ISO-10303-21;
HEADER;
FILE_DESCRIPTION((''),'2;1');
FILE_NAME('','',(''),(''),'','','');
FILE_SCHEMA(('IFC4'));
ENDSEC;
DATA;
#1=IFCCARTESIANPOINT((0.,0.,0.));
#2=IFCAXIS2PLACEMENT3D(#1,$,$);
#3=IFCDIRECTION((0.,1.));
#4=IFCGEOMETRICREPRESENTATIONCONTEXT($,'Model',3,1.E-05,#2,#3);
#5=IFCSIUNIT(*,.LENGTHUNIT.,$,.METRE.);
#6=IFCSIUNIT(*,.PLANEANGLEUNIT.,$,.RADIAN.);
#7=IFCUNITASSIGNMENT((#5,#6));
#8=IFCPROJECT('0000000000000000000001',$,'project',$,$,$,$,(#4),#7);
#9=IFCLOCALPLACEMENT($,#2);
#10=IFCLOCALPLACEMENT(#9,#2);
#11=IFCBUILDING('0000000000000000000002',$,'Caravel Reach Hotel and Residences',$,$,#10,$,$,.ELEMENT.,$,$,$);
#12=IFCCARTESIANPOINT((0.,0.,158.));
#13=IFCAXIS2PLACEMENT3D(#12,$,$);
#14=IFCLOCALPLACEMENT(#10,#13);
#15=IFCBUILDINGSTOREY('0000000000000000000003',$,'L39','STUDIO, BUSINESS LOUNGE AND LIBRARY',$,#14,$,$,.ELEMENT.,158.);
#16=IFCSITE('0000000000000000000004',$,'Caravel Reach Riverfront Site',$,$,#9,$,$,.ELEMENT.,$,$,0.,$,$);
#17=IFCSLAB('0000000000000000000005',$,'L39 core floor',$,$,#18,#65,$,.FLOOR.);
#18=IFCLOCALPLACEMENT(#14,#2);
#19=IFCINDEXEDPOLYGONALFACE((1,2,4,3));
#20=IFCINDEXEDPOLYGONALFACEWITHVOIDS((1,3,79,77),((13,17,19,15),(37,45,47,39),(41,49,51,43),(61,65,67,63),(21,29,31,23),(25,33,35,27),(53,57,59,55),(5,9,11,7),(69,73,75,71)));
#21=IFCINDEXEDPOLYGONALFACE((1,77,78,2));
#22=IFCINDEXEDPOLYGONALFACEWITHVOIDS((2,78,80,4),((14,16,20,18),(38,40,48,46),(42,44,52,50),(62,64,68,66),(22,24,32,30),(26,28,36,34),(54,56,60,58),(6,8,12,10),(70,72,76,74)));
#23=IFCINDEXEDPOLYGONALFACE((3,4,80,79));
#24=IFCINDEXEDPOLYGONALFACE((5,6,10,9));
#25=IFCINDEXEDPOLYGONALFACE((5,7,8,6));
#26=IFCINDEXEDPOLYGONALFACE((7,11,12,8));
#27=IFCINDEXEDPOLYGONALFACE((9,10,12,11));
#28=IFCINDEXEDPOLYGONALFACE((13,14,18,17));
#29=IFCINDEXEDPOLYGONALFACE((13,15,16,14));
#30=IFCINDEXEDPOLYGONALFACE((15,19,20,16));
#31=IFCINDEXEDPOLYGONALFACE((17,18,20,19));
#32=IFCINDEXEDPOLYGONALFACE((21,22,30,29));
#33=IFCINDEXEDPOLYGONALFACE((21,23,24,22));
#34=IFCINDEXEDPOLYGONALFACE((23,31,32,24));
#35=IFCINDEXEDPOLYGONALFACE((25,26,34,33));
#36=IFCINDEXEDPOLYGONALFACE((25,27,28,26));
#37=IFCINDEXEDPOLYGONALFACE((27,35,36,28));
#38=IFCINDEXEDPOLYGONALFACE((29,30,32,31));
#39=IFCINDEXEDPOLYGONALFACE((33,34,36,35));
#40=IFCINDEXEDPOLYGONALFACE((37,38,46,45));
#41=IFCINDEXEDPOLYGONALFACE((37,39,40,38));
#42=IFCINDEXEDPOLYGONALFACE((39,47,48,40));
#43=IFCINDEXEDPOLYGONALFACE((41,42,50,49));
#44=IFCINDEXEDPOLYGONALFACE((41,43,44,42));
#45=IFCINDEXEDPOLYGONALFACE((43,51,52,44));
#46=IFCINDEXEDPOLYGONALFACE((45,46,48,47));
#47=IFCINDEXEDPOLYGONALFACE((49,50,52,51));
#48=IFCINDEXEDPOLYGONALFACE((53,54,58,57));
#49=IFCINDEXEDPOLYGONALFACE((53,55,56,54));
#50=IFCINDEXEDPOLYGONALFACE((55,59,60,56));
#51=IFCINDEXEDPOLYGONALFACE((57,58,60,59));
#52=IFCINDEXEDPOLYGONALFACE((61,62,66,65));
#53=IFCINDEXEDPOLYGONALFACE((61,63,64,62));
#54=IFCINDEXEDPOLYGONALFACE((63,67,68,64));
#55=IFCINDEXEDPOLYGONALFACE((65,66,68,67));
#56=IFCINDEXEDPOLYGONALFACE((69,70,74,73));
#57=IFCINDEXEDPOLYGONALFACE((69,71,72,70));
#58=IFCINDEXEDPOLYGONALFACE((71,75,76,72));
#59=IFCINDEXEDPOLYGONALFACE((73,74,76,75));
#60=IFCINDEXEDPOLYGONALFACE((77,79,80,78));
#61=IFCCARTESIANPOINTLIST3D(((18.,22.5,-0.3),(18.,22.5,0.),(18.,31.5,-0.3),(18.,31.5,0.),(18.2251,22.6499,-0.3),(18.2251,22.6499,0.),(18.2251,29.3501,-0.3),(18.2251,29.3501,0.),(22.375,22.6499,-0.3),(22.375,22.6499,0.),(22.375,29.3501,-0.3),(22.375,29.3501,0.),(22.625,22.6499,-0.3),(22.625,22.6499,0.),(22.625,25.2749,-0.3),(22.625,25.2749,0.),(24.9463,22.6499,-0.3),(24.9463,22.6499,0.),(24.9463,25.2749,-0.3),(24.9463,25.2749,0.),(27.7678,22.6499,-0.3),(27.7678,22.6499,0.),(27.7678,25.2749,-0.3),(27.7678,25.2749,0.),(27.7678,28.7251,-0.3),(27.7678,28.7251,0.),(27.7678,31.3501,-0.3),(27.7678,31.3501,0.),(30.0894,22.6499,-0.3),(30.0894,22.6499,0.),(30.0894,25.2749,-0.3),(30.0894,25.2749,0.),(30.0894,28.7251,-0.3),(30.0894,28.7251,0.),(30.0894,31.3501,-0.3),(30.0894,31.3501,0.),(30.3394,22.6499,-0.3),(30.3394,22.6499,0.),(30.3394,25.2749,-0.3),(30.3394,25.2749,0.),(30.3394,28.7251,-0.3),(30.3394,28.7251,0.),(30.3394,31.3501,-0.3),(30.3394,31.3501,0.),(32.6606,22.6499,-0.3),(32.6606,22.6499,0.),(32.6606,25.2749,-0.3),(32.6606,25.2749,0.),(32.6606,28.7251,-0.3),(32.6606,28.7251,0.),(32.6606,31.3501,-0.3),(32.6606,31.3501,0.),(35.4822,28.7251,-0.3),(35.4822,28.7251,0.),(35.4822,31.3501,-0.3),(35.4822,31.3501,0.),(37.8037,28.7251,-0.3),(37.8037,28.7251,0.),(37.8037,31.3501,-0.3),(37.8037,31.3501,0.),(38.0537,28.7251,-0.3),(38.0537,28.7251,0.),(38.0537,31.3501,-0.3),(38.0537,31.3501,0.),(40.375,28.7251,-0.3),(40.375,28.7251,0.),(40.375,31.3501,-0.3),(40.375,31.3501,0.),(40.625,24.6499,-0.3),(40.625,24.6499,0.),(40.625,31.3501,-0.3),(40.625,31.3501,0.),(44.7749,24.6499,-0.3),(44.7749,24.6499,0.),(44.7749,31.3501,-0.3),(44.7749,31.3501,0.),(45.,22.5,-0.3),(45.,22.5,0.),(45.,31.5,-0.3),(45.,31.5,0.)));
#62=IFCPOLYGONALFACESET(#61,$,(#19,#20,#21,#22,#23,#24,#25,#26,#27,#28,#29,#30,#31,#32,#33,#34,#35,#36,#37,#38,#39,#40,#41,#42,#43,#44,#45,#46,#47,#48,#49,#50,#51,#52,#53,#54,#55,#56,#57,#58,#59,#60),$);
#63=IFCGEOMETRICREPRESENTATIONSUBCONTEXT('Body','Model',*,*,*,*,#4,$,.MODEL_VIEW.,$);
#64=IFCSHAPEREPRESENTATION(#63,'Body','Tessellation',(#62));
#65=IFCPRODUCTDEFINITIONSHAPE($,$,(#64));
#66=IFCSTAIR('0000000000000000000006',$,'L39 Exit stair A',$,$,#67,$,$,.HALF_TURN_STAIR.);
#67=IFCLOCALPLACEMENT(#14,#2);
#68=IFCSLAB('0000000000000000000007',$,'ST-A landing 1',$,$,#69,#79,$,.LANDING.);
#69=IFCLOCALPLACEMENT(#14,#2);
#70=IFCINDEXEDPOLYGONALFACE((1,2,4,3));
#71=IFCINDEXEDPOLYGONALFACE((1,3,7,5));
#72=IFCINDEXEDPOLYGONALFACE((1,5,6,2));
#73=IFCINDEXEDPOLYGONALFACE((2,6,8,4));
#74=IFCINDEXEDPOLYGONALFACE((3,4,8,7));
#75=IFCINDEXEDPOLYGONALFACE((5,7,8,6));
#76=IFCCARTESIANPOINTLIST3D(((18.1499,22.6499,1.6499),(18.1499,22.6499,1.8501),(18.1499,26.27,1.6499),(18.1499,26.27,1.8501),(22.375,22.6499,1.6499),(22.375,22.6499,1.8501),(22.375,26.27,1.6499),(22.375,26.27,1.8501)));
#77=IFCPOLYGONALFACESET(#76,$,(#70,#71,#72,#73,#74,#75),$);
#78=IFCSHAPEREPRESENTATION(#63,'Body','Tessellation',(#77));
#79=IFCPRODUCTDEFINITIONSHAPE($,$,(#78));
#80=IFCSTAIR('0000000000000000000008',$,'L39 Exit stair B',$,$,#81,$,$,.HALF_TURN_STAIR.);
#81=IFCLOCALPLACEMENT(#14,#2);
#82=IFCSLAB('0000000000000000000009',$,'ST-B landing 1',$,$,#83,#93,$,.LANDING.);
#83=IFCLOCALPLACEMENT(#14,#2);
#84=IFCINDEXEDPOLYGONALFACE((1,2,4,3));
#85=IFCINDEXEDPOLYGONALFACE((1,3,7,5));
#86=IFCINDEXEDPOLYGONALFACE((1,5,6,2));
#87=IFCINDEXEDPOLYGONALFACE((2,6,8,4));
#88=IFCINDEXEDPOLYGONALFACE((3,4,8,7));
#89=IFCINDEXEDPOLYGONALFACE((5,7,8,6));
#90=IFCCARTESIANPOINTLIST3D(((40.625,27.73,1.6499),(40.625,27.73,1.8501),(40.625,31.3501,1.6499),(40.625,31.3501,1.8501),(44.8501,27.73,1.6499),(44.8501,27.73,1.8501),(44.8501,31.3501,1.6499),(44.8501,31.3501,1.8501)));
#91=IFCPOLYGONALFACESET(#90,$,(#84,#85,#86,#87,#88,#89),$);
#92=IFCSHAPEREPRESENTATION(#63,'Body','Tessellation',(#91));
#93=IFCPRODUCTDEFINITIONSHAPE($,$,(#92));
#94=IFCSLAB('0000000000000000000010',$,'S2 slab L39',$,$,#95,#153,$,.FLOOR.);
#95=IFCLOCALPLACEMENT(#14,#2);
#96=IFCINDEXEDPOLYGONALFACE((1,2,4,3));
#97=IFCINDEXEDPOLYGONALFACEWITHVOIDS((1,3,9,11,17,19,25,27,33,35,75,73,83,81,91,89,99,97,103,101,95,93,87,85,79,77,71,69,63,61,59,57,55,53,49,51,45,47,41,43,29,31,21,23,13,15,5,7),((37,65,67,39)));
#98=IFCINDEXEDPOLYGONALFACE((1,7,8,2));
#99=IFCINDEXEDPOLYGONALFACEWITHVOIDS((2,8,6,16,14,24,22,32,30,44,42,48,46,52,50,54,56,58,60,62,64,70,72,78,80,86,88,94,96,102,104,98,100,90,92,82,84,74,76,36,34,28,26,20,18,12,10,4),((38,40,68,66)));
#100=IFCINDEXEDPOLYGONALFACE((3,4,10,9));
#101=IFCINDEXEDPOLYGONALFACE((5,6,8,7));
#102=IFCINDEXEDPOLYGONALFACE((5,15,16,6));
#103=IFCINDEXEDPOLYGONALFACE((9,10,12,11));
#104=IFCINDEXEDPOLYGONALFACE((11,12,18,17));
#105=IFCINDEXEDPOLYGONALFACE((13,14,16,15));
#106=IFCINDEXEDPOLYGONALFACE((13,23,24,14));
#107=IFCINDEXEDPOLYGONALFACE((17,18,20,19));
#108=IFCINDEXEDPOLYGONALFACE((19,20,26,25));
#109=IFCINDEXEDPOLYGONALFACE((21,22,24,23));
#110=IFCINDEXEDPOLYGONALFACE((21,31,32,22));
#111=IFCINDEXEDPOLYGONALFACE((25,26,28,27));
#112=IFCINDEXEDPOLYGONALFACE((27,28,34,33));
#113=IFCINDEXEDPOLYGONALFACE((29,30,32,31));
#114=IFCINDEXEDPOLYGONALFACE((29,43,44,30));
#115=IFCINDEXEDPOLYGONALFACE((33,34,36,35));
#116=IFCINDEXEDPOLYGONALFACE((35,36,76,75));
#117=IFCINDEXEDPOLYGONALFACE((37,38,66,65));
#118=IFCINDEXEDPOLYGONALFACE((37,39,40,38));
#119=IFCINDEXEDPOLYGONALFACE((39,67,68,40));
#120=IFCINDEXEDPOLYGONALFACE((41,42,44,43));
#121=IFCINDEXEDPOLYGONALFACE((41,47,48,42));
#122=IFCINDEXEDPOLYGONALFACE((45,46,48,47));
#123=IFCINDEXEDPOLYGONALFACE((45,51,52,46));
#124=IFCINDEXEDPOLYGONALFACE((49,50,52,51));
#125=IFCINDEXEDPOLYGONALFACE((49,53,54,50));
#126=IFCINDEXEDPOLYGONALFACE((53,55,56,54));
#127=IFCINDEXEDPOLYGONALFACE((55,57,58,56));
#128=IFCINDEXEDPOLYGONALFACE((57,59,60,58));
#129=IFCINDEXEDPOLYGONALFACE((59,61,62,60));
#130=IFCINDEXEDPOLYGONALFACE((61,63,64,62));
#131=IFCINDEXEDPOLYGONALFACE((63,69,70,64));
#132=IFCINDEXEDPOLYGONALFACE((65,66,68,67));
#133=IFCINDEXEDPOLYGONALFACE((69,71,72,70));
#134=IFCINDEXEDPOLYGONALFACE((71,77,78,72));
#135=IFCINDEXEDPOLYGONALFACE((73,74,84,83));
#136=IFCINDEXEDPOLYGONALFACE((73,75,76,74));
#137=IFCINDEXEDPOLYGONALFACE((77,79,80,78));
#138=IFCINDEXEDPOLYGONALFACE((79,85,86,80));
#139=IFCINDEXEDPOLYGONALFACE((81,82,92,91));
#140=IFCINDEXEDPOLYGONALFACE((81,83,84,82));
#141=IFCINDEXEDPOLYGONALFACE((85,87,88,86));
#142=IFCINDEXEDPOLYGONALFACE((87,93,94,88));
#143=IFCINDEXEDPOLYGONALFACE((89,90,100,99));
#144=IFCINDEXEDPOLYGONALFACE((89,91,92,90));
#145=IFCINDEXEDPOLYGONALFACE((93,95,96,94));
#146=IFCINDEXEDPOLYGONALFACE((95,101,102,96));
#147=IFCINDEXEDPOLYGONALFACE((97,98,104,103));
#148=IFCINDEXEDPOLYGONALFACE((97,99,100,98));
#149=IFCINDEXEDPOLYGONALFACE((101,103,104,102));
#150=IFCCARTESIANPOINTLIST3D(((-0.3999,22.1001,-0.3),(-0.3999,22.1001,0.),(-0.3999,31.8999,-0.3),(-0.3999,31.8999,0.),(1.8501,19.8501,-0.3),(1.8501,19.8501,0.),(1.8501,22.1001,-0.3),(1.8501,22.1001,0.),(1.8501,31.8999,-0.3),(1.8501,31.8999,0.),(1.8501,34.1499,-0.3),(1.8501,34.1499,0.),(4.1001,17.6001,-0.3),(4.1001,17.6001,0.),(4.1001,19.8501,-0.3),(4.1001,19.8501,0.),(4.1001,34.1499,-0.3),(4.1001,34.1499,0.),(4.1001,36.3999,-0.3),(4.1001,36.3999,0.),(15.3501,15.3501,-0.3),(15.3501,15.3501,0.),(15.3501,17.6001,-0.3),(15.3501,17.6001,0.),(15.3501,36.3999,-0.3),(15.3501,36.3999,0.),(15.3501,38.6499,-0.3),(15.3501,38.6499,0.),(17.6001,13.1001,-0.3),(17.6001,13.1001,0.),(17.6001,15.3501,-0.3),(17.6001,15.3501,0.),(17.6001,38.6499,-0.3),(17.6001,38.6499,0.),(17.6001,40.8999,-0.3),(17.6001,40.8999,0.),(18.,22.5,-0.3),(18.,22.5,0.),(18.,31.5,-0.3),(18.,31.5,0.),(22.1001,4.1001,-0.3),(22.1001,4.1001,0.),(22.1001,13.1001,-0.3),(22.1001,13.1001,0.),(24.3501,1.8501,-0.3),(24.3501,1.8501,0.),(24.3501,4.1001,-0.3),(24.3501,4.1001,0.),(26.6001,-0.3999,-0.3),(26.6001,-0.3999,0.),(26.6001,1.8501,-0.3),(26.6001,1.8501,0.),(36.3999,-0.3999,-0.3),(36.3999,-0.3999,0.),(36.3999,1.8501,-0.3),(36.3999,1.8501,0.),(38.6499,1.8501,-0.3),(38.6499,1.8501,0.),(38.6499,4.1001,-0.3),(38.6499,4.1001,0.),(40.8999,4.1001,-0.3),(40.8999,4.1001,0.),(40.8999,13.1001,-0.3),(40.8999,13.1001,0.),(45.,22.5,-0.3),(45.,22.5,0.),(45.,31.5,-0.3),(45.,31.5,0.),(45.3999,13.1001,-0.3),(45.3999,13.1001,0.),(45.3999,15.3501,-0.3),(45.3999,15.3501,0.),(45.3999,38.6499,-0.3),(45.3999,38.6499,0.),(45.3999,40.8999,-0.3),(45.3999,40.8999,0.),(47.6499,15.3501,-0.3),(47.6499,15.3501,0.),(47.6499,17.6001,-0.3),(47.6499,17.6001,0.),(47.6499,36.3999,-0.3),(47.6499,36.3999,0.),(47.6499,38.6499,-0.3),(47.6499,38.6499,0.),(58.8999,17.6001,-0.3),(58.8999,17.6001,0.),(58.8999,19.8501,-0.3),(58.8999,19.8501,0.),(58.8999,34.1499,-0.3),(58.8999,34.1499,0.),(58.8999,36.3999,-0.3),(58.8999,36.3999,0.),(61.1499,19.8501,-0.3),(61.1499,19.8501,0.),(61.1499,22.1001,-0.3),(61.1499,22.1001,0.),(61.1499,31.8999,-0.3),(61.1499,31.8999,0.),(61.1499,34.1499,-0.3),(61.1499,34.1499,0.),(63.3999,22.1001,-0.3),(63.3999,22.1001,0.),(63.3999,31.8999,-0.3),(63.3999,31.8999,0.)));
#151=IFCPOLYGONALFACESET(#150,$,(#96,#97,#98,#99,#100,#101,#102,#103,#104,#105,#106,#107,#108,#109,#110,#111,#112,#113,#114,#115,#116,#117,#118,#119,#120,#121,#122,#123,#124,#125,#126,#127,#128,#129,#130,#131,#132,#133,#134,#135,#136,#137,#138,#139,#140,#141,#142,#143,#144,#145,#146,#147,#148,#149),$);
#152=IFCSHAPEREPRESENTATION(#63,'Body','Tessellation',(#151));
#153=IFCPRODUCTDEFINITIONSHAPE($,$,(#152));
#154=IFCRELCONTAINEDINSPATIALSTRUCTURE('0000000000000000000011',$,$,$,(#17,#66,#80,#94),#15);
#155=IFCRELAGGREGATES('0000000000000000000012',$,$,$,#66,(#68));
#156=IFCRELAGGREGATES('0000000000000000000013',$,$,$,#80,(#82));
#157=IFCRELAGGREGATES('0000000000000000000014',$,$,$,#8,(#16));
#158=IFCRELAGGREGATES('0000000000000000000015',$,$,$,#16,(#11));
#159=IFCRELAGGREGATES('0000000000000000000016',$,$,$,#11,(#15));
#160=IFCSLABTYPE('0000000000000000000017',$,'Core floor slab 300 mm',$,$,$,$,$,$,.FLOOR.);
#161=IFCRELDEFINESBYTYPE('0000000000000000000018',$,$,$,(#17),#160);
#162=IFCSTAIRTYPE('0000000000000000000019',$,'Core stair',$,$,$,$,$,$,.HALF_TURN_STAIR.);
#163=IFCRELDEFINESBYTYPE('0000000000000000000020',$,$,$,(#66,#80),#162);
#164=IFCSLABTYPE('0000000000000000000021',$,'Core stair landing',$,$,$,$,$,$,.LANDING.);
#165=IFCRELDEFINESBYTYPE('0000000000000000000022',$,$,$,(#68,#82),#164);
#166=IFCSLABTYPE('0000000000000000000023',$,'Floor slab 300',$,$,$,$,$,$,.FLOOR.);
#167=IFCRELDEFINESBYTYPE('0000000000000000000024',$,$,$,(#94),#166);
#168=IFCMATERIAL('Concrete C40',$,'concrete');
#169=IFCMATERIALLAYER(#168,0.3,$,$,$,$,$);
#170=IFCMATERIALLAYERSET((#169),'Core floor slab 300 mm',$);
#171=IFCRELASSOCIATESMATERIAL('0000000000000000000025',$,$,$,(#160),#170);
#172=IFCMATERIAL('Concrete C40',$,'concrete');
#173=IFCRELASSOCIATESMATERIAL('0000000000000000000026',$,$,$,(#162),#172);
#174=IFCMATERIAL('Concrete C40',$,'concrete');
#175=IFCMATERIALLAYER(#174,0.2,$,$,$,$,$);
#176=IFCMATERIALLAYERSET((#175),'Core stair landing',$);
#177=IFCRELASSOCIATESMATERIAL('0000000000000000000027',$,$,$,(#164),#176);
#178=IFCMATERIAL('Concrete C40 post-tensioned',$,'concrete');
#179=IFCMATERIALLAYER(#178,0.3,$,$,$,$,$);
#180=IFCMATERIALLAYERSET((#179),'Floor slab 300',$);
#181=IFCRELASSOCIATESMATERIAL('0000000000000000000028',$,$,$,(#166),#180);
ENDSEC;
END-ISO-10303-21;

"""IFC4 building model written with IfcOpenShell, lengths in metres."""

from ifc_helpers import new_model, si_unit, direction, frame, origin, place, context, subcontext, project, spatial, polyline, outline, extrude, material, layer, layer_set, type_object, element, aggregate, save


model = new_model("IFC4")

# Units and contexts
model_context = context("Model", 3, precision=1e-05, world=origin(), true_north=direction((0.0, 1.0)))
body_context = subcontext(model_context, "Body", "Model", "MODEL_VIEW")
ifc_project = project(units=[si_unit("LENGTHUNIT", "METRE"), si_unit("PLANEANGLEUNIT", "RADIAN")], contexts=[model_context])

# Site, building, storey
site_placement = place(None, origin())
site = spatial("IfcSite", under=ifc_project, at=site_placement, Name="Caravel Reach Riverfront Site", CompositionType="ELEMENT", RefElevation=0.0)
building_placement = place(site_placement, origin())
building = spatial("IfcBuilding", under=site, at=building_placement, Name="Caravel Reach Hotel and Residences", CompositionType="ELEMENT")
storey_placement = place(building_placement, frame((0.0, 0.0, 158.0)))
storey = spatial("IfcBuildingStorey", under=building, at=storey_placement, Name="L39", Description="STUDIO, BUSINESS LOUNGE AND LIBRARY", CompositionType="ELEMENT", Elevation=158.0)

# Slab
ifc_material_1 = material(Name="Concrete C40", Category="concrete")
ifc_layer_1 = layer(ifc_material_1, 0.3)
ifc_layer_set_1 = layer_set([ifc_layer_1], Name="Core floor slab 300 mm")
slab_type_1 = type_object("IfcSlabType", Name="Core floor slab 300 mm", PredefinedType="FLOOR", material=ifc_layer_set_1)
slab_1_placement = place(storey_placement, frame((0.0, 0.0, -0.3)))
element("IfcSlab", 1, at=slab_1_placement, inside=storey, type_object=slab_type_1, Name="L39 core floor", PredefinedType="FLOOR", context=body_context, shape_type="SweptSolid", body=[
    extrude(outline(polyline([(18.0, 31.5), (45.0, 31.5), (45.0, 22.5), (18.0, 22.5), (18.0, 31.5)]), holes=[polyline([(22.625, 25.2749), (22.625, 22.6499), (24.9463, 22.6499), (24.9463, 25.2749), (22.625, 25.2749)]), polyline([(27.7678, 25.2749), (27.7678, 22.6499), (30.0894, 22.6499), (30.0894, 25.2749), (27.7678, 25.2749)]), polyline([(30.3394, 25.2749), (30.3394, 22.6499), (32.6606, 22.6499), (32.6606, 25.2749), (30.3394, 25.2749)]), polyline([(22.375, 22.6499), (22.375, 29.3501), (18.2251, 29.3501), (18.2251, 22.6499), (22.375, 22.6499)]), polyline([(40.625, 31.3501), (40.625, 24.6499), (44.7749, 24.6499), (44.7749, 31.3501), (40.625, 31.3501)]), polyline([(27.7678, 31.3501), (27.7678, 28.7251), (30.0894, 28.7251), (30.0894, 31.3501), (27.7678, 31.3501)]), polyline([(30.3394, 31.3501), (30.3394, 28.7251), (32.6606, 28.7251), (32.6606, 31.3501), (30.3394, 31.3501)]), polyline([(37.8037, 31.3501), (35.4822, 31.3501), (35.4822, 28.7251), (37.8037, 28.7251), (37.8037, 31.3501)]), polyline([(40.375, 31.3501), (38.0537, 31.3501), (38.0537, 28.7251), (40.375, 28.7251), (40.375, 31.3501)])]), origin(), (0.0, 0.0, 1.0), 0.3),
])

# Stairs, slabs
ifc_material_2 = material(Name="Concrete C40", Category="concrete")
stair_type = type_object("IfcStairType", Name="Core stair", PredefinedType="HALF_TURN_STAIR", material=ifc_material_2)
stair_1_placement = place(storey_placement, origin())
stair_1 = element("IfcStair", 2, at=stair_1_placement, inside=storey, type_object=stair_type, Name="L39 Exit stair A", PredefinedType="HALF_TURN_STAIR")
ifc_material_3 = material(Name="Concrete C40", Category="concrete")
ifc_layer_2 = layer(ifc_material_3, 0.2)
ifc_layer_set_2 = layer_set([ifc_layer_2], Name="Core stair landing")
slab_type_2 = type_object("IfcSlabType", Name="Core stair landing", PredefinedType="LANDING", material=ifc_layer_set_2)
slab_2_placement = place(storey_placement, frame((0.0, 0.0, 1.6499)))
slab_2 = element("IfcSlab", 3, at=slab_2_placement, type_object=slab_type_2, Name="ST-A landing 1", PredefinedType="LANDING", context=body_context, shape_type="SweptSolid", body=[
    extrude(outline(polyline([(18.1499, 26.27), (18.1499, 22.6499), (22.375, 22.6499), (22.375, 26.27), (18.1499, 26.27)])), origin(), (0.0, 0.0, 1.0), 0.2002),
])
aggregate(stair_1, [slab_2])
stair_2_placement = place(storey_placement, origin())
stair_2 = element("IfcStair", 4, at=stair_2_placement, inside=storey, type_object=stair_type, Name="L39 Exit stair B", PredefinedType="HALF_TURN_STAIR")
slab_3_placement = place(storey_placement, frame((0.0, 0.0, 1.6499)))
slab_3 = element("IfcSlab", 5, at=slab_3_placement, type_object=slab_type_2, Name="ST-B landing 1", PredefinedType="LANDING", context=body_context, shape_type="SweptSolid", body=[
    extrude(outline(polyline([(44.8501, 27.73), (44.8501, 31.3501), (40.625, 31.3501), (40.625, 27.73), (44.8501, 27.73)])), origin(), (0.0, 0.0, 1.0), 0.2002),
])
aggregate(stair_2, [slab_3])

# Slab
ifc_material_4 = material(Name="Concrete C40 post-tensioned", Category="concrete")
ifc_layer_3 = layer(ifc_material_4, 0.3)
ifc_layer_set_3 = layer_set([ifc_layer_3], Name="Floor slab 300")
slab_type_3 = type_object("IfcSlabType", Name="Floor slab 300", PredefinedType="FLOOR", material=ifc_layer_set_3)
slab_4_placement = place(storey_placement, frame((0.0, 0.0, -0.3)))
element("IfcSlab", 6, at=slab_4_placement, inside=storey, type_object=slab_type_3, Name="S2 slab L39", PredefinedType="FLOOR", context=body_context, shape_type="SweptSolid", body=[
    extrude(outline(polyline([(17.6001, 13.1001), (17.6001, 15.3501), (15.3501, 15.3501), (15.3501, 17.6001), (4.1001, 17.6001), (4.1001, 19.8501), (1.8501, 19.8501), (1.8501, 22.1001), (-0.3999, 22.1001), (-0.3999, 31.8999), (1.8501, 31.8999), (1.8501, 34.1499), (4.1001, 34.1499), (4.1001, 36.3999), (15.3501, 36.3999), (15.3501, 38.6499), (17.6001, 38.6499), (17.6001, 40.8999), (45.3999, 40.8999), (45.3999, 38.6499), (47.6499, 38.6499), (47.6499, 36.3999), (58.8999, 36.3999), (58.8999, 34.1499), (61.1499, 34.1499), (61.1499, 31.8999), (63.3999, 31.8999), (63.3999, 22.1001), (61.1499, 22.1001), (61.1499, 19.8501), (58.8999, 19.8501), (58.8999, 17.6001), (47.6499, 17.6001), (47.6499, 15.3501), (45.3999, 15.3501), (45.3999, 13.1001), (40.8999, 13.1001), (40.8999, 4.1001), (38.6499, 4.1001), (38.6499, 1.8501), (36.3999, 1.8501), (36.3999, -0.3999), (26.6001, -0.3999), (26.6001, 1.8501), (24.3501, 1.8501), (24.3501, 4.1001), (22.1001, 4.1001), (22.1001, 13.1001), (17.6001, 13.1001)]), holes=[polyline([(45.0, 31.5), (18.0, 31.5), (18.0, 22.5), (45.0, 22.5), (45.0, 31.5)])]), origin(), (0.0, 0.0, 1.0), 0.3),
])

save(model, "model.ifc")
